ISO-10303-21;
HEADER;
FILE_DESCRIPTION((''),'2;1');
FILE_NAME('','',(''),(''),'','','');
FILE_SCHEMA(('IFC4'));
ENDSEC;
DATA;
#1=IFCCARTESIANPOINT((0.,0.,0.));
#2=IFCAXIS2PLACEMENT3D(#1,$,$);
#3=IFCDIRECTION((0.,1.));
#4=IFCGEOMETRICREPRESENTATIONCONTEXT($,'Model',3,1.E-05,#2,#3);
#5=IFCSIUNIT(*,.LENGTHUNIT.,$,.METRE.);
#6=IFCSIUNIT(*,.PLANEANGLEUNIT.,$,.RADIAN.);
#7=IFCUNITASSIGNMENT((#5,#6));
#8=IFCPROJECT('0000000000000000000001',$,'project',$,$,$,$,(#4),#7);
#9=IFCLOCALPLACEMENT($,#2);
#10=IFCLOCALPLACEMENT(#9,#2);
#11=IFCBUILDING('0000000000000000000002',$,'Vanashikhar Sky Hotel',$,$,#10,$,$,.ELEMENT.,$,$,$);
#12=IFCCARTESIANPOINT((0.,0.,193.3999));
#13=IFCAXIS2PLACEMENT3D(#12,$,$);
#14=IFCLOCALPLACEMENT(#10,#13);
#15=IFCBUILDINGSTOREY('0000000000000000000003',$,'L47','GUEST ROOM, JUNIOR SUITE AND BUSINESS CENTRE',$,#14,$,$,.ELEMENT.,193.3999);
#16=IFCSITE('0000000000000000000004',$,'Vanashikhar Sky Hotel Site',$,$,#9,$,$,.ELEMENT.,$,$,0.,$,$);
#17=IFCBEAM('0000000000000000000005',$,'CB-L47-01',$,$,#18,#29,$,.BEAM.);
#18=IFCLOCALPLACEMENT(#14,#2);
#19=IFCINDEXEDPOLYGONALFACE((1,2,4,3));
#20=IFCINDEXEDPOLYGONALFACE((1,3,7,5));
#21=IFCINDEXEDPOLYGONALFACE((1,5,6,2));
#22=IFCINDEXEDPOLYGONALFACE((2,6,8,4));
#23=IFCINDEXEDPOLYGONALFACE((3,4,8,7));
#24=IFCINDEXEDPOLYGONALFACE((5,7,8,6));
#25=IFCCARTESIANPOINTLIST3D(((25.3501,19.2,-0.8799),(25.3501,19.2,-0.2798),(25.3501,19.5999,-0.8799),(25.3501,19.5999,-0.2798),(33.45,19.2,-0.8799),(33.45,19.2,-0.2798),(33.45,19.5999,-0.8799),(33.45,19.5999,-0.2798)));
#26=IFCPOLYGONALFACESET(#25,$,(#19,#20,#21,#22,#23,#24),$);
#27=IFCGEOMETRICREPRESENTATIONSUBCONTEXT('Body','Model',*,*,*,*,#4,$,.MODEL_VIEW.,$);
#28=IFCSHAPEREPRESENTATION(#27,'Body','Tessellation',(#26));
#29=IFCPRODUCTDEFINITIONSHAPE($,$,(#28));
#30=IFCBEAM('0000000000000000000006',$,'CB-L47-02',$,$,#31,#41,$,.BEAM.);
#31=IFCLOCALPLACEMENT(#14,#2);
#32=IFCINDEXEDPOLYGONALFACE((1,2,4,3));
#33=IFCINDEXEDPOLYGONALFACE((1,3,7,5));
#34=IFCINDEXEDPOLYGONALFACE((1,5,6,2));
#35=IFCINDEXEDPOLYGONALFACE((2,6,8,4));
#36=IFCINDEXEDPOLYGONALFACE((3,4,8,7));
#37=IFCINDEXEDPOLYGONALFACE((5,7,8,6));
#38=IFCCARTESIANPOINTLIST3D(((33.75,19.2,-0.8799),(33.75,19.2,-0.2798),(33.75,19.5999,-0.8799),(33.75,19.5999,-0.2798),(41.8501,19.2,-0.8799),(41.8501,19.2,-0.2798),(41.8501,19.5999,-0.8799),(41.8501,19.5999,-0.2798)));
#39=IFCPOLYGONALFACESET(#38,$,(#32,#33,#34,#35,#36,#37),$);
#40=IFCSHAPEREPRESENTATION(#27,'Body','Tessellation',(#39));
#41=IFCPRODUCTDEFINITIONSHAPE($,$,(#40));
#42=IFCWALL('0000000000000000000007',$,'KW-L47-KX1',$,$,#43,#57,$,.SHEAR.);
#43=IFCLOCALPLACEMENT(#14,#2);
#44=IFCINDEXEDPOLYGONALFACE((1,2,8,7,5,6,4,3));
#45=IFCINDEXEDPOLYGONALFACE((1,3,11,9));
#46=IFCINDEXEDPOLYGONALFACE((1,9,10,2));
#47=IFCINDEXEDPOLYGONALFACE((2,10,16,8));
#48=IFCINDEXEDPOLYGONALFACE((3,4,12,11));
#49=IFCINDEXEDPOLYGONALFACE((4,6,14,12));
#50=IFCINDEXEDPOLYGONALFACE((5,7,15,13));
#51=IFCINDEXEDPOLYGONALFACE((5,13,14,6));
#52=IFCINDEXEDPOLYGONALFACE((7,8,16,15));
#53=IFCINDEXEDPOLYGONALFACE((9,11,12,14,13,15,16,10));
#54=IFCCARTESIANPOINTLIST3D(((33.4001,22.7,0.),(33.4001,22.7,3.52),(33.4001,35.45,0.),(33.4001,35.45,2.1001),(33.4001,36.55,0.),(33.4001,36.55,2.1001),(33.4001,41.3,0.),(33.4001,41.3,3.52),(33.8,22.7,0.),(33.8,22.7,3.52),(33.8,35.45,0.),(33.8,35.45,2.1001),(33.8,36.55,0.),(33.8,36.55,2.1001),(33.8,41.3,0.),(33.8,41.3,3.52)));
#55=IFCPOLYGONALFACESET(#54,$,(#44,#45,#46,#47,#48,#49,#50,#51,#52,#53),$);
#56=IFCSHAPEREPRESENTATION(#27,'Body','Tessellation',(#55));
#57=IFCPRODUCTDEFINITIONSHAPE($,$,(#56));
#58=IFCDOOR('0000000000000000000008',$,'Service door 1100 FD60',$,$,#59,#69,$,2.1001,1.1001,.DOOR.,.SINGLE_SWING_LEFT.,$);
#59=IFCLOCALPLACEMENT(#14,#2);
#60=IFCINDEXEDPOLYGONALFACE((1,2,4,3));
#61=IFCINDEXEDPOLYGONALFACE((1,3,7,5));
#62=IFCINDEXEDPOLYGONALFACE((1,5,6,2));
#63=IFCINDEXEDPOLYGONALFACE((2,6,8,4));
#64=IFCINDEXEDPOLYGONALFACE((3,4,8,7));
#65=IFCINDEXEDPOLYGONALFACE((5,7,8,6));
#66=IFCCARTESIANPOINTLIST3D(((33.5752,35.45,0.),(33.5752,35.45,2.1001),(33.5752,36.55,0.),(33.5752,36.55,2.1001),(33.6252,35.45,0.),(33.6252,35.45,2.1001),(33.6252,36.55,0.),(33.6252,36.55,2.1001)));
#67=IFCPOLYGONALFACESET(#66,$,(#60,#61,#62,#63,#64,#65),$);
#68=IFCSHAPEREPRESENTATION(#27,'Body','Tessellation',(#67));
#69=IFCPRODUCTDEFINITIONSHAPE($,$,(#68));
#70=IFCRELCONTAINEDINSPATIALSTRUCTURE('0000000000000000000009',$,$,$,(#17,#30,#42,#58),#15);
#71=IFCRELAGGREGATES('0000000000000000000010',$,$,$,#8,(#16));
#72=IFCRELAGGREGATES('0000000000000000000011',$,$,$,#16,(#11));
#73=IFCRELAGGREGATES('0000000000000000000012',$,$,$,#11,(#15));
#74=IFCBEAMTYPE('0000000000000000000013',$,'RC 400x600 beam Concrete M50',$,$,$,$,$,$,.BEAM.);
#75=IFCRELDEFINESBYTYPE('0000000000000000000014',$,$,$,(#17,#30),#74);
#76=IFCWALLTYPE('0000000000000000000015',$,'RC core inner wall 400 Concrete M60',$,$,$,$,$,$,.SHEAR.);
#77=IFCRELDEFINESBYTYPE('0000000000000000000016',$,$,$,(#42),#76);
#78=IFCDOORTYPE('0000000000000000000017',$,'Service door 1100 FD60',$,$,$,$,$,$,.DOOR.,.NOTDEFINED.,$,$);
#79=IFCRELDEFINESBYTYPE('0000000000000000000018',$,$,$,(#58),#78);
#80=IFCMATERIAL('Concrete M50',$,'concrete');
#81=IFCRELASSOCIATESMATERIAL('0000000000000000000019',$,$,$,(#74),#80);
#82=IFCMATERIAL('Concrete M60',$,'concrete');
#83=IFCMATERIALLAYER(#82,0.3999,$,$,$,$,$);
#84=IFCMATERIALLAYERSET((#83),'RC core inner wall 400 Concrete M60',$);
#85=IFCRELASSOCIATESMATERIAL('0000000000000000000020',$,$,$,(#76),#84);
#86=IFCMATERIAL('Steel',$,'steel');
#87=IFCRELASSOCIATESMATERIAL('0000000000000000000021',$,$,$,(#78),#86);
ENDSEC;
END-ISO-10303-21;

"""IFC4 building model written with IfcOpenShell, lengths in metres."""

from ifc_helpers import new_model, si_unit, direction, frame, frame_2d, origin, origin_2d, place, context, subcontext, project, spatial, rectangle, extrude, source, transform, mapped, material, layer, layer_set, material_profile, profile_set, type_object, element, fill, save


model = new_model("IFC4")

# Units and contexts
model_context = context("Model", 3, precision=1e-05, world=origin(), true_north=direction((0.0, 1.0)))
body_context = subcontext(model_context, "Body", "Model", "MODEL_VIEW")
ifc_project = project(units=[si_unit("LENGTHUNIT", "METRE"), si_unit("PLANEANGLEUNIT", "RADIAN")], contexts=[model_context])

# Site, building, storey
site_placement = place(None, origin())
site = spatial("IfcSite", under=ifc_project, at=site_placement, Name="Vanashikhar Sky Hotel Site", CompositionType="ELEMENT", RefElevation=0.0)
building_placement = place(site_placement, origin())
building = spatial("IfcBuilding", under=site, at=building_placement, Name="Vanashikhar Sky Hotel", CompositionType="ELEMENT")
storey_placement = place(building_placement, frame((0.0, 0.0, 193.3999)))
storey = spatial("IfcBuildingStorey", under=building, at=storey_placement, Name="L47", Description="GUEST ROOM, JUNIOR SUITE AND BUSINESS CENTRE", CompositionType="ELEMENT", Elevation=193.3999)

# Beams
ifc_material_1 = material(Name="Concrete M50", Category="concrete")
ifc_material_profile = material_profile(ifc_material_1, rectangle(XDim=0.3999, YDim=0.6001, at=origin_2d()))
ifc_profile_set = profile_set([ifc_material_profile], Name="RC 400x600 beam Concrete M50")
beam_type = type_object("IfcBeamType", Name="RC 400x600 beam Concrete M50", PredefinedType="BEAM", material=ifc_profile_set)
shared_shape_1 = source(origin(), body_context, "Body", "SweptSolid", [
    extrude(rectangle(XDim=0.3999, YDim=0.6001, at=origin_2d()), origin(), (0.0, 0.0, 1.0), 8.0999),
])
beam_1_placement = place(storey_placement, frame((25.3501, 19.3999, -0.5798), z_axis=(1.0, 0.0, 0.0), x_axis=(0.0, 1.0, 0.0)))
element("IfcBeam", 1, at=beam_1_placement, inside=storey, type_object=beam_type, Name="CB-L47-01", PredefinedType="BEAM", context=body_context, shape_type="MappedRepresentation", body=[
    mapped(shared_shape_1, transform((0.0, 0.0, 0.0), scale=1.0)),
])
shared_shape_2 = source(origin(), body_context, "Body", "SweptSolid", [
    extrude(rectangle(XDim=0.3999, YDim=0.6001, at=origin_2d()), origin(), (0.0, 0.0, 1.0), 8.1001),
])
beam_2_placement = place(storey_placement, frame((33.75, 19.3999, -0.5798), z_axis=(1.0, 0.0, 0.0), x_axis=(0.0, 1.0, 0.0)))
element("IfcBeam", 2, at=beam_2_placement, inside=storey, type_object=beam_type, Name="CB-L47-02", PredefinedType="BEAM", context=body_context, shape_type="MappedRepresentation", body=[
    mapped(shared_shape_2, transform((0.0, 0.0, 0.0), scale=1.0)),
])

# Wall, opening, door
ifc_material_2 = material(Name="Concrete M60", Category="concrete")
ifc_layer_1 = layer(ifc_material_2, 0.3999)
ifc_layer_set_1 = layer_set([ifc_layer_1], Name="RC core inner wall 400 Concrete M60")
wall_type_1 = type_object("IfcWallType", Name="RC core inner wall 400 Concrete M60", PredefinedType="SHEAR", material=ifc_layer_set_1)
shared_shape_3 = source(origin(), body_context, "Body", "SweptSolid", [
    extrude(rectangle(XDim=18.6001, YDim=0.3999, at=frame_2d((9.3, 0.0))), origin(), (0.0, 0.0, 1.0), 3.52),
])
wall_1_placement = place(storey_placement, frame((33.6001, 22.7, 0.0), z_axis=(0.0, 0.0, 1.0), x_axis=(0.0, 1.0, 0.0)))
wall_1 = element("IfcWall", 3, at=wall_1_placement, inside=storey, type_object=wall_type_1, Name="KW-L47-KX1", PredefinedType="SHEAR", context=body_context, shape_type="MappedRepresentation", body=[
    mapped(shared_shape_3, transform((0.0, 0.0, 0.0), scale=1.0)),
])
shared_shape_4 = source(origin(), body_context, "Body", "SweptSolid", [
    extrude(rectangle(XDim=1.1001, YDim=2.1001, at=frame_2d((0.55, 1.05))), frame((0.0, 0.21, 0.0), z_axis=(0.0, -1.0, 0.0), x_axis=(1.0, 0.0, 0.0)), (0.0, 0.0, 1.0), 0.4199),
])
opening_1_placement = place(wall_1_placement, frame((12.75, 0.0, 0.0)))
opening_1 = element("IfcOpeningElement", 4, at=opening_1_placement, cuts=wall_1, PredefinedType="OPENING", context=body_context, shape_type="MappedRepresentation", body=[
    mapped(shared_shape_4, transform((0.0, 0.0, 0.0), scale=1.0)),
])
ifc_material_3 = material(Name="Steel", Category="steel")
door_type_1 = type_object("IfcDoorType", Name="Service door 1100 FD60", OperationType="NOTDEFINED", PredefinedType="DOOR", material=ifc_material_3)
shared_shape_5 = source(origin(), body_context, "Body", "SweptSolid", [
    extrude(rectangle(XDim=1.1001, YDim=2.1001, at=frame_2d((0.55, 1.05))), frame((0.0, 0.0249, 0.0), z_axis=(0.0, -1.0, 0.0), x_axis=(1.0, 0.0, 0.0)), (0.0, 0.0, 1.0), 0.05),
])
door_1_placement = place(opening_1_placement, origin())
door_1 = element("IfcDoor", 5, at=door_1_placement, inside=storey, type_object=door_type_1, Name="Service door 1100 FD60", OperationType="SINGLE_SWING_LEFT", OverallHeight=2.1001, OverallWidth=1.1001, PredefinedType="DOOR", context=body_context, shape_type="MappedRepresentation", body=[
    mapped(shared_shape_5, transform((0.0, 0.0, 0.0), scale=1.0)),
])
fill(opening_1, door_1)

save(model, "model.ifc")
